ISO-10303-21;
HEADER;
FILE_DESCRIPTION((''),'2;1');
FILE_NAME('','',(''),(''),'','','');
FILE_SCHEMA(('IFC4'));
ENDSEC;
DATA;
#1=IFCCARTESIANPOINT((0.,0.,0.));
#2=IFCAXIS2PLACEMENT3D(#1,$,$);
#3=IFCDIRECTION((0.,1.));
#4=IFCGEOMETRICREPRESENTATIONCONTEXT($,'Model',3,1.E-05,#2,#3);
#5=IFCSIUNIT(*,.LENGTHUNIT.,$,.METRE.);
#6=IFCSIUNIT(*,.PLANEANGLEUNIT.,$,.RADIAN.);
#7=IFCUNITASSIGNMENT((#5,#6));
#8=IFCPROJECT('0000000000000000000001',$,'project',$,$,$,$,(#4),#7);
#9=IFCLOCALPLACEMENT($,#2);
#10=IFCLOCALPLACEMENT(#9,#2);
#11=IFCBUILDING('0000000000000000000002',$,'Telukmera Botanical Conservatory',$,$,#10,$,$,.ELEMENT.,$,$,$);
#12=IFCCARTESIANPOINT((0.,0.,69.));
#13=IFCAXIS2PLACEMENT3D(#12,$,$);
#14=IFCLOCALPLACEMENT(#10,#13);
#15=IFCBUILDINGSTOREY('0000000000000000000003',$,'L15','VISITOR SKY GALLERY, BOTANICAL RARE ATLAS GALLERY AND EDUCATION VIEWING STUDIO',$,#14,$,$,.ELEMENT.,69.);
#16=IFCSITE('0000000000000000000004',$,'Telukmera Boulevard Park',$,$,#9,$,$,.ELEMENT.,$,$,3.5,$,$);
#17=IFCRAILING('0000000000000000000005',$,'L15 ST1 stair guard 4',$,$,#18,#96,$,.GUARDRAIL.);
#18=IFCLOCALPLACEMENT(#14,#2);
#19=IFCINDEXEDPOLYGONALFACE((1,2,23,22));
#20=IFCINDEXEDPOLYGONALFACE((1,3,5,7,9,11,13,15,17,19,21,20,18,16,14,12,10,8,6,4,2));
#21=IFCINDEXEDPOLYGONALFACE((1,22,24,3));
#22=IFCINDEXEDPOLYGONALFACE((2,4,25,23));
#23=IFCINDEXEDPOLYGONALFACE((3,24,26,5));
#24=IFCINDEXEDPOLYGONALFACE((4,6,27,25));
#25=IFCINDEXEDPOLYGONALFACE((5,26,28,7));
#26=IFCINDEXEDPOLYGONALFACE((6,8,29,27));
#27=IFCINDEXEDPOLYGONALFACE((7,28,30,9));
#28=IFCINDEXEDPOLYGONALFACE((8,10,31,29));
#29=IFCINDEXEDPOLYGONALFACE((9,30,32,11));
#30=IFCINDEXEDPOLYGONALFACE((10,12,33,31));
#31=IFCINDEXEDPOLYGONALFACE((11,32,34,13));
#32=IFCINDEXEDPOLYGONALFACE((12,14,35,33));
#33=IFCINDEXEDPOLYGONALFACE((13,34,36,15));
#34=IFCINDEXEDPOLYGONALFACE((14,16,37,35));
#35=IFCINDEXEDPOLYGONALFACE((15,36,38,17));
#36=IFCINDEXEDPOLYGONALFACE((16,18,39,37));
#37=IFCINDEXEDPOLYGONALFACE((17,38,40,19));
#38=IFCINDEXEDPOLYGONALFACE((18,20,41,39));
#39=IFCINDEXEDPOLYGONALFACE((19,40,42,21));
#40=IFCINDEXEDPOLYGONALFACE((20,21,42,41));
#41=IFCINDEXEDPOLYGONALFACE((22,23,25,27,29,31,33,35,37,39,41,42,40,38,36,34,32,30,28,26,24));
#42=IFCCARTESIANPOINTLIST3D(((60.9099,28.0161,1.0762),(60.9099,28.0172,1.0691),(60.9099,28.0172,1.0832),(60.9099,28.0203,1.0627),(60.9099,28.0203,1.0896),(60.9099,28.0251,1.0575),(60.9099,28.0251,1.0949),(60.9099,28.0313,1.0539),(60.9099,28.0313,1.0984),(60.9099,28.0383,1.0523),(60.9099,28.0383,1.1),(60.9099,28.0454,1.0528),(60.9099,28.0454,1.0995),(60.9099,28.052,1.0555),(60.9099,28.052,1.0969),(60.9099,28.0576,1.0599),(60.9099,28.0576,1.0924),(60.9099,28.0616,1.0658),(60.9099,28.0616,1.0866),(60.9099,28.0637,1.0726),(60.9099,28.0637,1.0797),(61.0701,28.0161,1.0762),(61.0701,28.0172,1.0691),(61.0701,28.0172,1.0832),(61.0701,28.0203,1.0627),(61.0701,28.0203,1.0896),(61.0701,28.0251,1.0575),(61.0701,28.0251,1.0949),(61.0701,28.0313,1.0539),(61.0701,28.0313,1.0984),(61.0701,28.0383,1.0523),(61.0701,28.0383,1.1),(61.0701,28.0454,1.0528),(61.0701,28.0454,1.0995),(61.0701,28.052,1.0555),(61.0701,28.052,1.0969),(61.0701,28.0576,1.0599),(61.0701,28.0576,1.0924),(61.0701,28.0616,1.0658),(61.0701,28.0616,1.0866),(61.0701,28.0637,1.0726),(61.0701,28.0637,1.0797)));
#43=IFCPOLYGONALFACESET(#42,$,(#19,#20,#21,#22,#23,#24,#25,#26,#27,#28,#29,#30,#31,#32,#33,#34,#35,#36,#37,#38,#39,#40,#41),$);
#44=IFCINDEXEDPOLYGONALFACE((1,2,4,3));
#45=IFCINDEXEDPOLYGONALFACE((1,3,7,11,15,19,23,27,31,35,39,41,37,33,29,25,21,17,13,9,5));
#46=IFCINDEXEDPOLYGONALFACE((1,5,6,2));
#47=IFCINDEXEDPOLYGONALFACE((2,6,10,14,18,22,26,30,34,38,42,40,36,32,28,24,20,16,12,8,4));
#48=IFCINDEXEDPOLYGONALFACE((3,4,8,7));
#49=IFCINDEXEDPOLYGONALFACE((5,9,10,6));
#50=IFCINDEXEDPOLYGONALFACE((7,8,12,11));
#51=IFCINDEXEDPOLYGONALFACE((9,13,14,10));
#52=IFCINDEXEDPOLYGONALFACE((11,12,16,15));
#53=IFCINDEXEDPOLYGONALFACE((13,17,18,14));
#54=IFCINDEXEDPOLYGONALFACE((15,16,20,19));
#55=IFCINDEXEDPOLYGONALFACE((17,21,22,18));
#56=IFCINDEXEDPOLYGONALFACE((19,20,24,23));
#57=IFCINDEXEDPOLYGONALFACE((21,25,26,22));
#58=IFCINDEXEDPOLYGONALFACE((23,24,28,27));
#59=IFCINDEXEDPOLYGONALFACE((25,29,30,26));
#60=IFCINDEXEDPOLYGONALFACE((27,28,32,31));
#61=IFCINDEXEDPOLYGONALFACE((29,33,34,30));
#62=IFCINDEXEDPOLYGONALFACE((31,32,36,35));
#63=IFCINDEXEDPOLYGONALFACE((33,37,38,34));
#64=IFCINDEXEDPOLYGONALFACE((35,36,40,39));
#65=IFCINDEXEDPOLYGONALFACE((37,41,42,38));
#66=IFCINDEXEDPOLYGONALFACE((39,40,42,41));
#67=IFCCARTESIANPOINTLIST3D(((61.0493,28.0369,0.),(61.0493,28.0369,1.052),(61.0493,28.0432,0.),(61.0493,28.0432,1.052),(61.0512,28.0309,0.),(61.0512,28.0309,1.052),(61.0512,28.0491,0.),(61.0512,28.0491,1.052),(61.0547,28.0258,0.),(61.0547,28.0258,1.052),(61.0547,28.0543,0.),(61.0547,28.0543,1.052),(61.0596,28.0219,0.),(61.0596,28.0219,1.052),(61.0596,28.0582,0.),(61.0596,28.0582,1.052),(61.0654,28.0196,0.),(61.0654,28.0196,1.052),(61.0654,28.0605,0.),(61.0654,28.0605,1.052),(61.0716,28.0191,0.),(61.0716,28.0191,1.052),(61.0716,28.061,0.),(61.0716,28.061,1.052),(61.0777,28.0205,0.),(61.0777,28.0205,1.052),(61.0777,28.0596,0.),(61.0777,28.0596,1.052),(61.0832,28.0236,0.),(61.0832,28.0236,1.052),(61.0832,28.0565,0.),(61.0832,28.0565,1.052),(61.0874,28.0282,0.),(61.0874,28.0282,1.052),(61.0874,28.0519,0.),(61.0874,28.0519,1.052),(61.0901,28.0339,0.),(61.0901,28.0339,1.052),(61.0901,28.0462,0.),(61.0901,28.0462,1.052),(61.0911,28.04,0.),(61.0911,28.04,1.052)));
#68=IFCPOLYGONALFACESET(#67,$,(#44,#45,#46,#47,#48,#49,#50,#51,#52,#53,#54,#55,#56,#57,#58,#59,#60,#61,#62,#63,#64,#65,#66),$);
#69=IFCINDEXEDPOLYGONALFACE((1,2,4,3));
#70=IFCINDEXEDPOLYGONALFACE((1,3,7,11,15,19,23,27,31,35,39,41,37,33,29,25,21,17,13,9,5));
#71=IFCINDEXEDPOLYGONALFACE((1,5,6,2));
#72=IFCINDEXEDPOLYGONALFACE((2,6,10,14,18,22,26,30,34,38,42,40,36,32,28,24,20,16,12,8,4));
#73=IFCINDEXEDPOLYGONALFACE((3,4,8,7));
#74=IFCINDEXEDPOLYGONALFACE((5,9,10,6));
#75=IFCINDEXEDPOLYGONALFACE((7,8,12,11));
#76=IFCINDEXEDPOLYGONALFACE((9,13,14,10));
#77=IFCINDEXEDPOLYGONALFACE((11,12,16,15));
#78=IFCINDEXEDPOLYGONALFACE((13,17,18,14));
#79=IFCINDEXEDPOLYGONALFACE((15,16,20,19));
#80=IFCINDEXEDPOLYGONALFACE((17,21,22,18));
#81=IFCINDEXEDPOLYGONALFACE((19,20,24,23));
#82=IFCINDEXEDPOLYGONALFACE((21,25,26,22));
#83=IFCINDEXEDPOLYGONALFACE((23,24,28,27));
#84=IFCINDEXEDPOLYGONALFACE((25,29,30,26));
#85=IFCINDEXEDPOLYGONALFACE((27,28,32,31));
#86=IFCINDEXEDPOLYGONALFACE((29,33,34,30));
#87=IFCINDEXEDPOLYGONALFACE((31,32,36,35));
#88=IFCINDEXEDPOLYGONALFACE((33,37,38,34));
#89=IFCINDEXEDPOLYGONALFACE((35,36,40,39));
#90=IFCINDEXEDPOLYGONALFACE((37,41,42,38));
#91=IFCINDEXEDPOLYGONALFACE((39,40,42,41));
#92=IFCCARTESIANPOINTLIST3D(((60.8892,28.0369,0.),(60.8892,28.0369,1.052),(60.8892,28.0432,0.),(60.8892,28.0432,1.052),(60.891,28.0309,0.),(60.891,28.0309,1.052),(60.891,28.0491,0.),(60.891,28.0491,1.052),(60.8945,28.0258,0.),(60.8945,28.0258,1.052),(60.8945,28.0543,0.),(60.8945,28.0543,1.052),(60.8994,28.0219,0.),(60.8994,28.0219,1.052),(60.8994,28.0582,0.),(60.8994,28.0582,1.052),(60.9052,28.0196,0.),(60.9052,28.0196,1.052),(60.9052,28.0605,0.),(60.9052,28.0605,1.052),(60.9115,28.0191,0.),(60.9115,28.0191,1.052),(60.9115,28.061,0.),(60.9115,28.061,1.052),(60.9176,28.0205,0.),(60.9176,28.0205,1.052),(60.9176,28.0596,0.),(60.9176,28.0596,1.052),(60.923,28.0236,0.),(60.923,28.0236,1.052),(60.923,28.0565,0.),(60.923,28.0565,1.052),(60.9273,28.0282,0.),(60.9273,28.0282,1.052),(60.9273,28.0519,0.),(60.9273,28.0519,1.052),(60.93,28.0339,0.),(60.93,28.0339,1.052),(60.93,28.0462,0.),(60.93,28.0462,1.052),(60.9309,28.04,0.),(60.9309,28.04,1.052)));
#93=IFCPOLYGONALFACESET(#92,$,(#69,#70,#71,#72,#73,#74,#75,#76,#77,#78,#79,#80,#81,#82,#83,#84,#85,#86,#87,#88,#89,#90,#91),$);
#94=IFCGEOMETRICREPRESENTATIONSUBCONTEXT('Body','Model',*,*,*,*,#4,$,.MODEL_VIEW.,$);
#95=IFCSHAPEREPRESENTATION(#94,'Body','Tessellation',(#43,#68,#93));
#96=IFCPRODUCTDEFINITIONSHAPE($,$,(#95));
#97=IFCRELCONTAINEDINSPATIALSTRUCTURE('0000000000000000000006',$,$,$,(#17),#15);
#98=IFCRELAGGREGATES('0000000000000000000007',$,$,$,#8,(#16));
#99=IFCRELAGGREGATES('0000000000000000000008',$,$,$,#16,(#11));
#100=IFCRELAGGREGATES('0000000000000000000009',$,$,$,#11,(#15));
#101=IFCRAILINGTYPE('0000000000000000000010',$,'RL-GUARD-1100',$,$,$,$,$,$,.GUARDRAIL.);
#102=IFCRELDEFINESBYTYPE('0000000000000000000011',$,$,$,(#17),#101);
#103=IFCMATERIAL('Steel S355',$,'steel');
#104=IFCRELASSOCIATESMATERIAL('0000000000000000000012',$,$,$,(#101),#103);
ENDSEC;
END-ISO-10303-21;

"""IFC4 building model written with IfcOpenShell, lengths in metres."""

from ifc_helpers import new_model, si_unit, direction, frame, origin, origin_2d, place, context, subcontext, project, spatial, circle, extrude, material, type_object, element, save


model = new_model("IFC4")

# Units and contexts
model_context = context("Model", 3, precision=1e-05, world=origin(), true_north=direction((0.0, 1.0)))
body_context = subcontext(model_context, "Body", "Model", "MODEL_VIEW")
ifc_project = project(units=[si_unit("LENGTHUNIT", "METRE"), si_unit("PLANEANGLEUNIT", "RADIAN")], contexts=[model_context])

# Site, building, storey
site_placement = place(None, origin())
site = spatial("IfcSite", under=ifc_project, at=site_placement, Name="Telukmera Boulevard Park", CompositionType="ELEMENT", RefElevation=3.5)
building_placement = place(site_placement, origin())
building = spatial("IfcBuilding", under=site, at=building_placement, Name="Telukmera Botanical Conservatory", CompositionType="ELEMENT")
storey_placement = place(building_placement, frame((0.0, 0.0, 69.0)))
storey = spatial("IfcBuildingStorey", under=building, at=storey_placement, Name="L15", Description="VISITOR SKY GALLERY, BOTANICAL RARE ATLAS GALLERY AND EDUCATION VIEWING STUDIO", CompositionType="ELEMENT", Elevation=69.0)

# Railing
ifc_material_1 = material(Name="Steel S355", Category="steel")
railing_type_1 = type_object("IfcRailingType", Name="RL-GUARD-1100", PredefinedType="GUARDRAIL", material=ifc_material_1)
railing_1_placement = place(storey_placement, frame((61.0701, 28.04, 0.0)))
element("IfcRailing", 1, at=railing_1_placement, inside=storey, type_object=railing_type_1, Name="L15 ST1 stair guard 4", PredefinedType="GUARDRAIL", context=body_context, shape_type="SweptSolid", body=[
    extrude(circle(Radius=0.0239, at=origin_2d()), frame((0.0, 0.0, 1.0762), z_axis=(-1.0, 0.0, 0.0), x_axis=(0.0, -1.0, 0.0)), (0.0, 0.0, 1.0), 0.1602),
    extrude(circle(Radius=0.021, at=origin_2d()), origin(), (0.0, 0.0, 1.0), 1.052),
    extrude(circle(Radius=0.021, at=origin_2d()), frame((-0.1602, 0.0, 0.0)), (0.0, 0.0, 1.0), 1.052),
])

save(model, "model.ifc")
